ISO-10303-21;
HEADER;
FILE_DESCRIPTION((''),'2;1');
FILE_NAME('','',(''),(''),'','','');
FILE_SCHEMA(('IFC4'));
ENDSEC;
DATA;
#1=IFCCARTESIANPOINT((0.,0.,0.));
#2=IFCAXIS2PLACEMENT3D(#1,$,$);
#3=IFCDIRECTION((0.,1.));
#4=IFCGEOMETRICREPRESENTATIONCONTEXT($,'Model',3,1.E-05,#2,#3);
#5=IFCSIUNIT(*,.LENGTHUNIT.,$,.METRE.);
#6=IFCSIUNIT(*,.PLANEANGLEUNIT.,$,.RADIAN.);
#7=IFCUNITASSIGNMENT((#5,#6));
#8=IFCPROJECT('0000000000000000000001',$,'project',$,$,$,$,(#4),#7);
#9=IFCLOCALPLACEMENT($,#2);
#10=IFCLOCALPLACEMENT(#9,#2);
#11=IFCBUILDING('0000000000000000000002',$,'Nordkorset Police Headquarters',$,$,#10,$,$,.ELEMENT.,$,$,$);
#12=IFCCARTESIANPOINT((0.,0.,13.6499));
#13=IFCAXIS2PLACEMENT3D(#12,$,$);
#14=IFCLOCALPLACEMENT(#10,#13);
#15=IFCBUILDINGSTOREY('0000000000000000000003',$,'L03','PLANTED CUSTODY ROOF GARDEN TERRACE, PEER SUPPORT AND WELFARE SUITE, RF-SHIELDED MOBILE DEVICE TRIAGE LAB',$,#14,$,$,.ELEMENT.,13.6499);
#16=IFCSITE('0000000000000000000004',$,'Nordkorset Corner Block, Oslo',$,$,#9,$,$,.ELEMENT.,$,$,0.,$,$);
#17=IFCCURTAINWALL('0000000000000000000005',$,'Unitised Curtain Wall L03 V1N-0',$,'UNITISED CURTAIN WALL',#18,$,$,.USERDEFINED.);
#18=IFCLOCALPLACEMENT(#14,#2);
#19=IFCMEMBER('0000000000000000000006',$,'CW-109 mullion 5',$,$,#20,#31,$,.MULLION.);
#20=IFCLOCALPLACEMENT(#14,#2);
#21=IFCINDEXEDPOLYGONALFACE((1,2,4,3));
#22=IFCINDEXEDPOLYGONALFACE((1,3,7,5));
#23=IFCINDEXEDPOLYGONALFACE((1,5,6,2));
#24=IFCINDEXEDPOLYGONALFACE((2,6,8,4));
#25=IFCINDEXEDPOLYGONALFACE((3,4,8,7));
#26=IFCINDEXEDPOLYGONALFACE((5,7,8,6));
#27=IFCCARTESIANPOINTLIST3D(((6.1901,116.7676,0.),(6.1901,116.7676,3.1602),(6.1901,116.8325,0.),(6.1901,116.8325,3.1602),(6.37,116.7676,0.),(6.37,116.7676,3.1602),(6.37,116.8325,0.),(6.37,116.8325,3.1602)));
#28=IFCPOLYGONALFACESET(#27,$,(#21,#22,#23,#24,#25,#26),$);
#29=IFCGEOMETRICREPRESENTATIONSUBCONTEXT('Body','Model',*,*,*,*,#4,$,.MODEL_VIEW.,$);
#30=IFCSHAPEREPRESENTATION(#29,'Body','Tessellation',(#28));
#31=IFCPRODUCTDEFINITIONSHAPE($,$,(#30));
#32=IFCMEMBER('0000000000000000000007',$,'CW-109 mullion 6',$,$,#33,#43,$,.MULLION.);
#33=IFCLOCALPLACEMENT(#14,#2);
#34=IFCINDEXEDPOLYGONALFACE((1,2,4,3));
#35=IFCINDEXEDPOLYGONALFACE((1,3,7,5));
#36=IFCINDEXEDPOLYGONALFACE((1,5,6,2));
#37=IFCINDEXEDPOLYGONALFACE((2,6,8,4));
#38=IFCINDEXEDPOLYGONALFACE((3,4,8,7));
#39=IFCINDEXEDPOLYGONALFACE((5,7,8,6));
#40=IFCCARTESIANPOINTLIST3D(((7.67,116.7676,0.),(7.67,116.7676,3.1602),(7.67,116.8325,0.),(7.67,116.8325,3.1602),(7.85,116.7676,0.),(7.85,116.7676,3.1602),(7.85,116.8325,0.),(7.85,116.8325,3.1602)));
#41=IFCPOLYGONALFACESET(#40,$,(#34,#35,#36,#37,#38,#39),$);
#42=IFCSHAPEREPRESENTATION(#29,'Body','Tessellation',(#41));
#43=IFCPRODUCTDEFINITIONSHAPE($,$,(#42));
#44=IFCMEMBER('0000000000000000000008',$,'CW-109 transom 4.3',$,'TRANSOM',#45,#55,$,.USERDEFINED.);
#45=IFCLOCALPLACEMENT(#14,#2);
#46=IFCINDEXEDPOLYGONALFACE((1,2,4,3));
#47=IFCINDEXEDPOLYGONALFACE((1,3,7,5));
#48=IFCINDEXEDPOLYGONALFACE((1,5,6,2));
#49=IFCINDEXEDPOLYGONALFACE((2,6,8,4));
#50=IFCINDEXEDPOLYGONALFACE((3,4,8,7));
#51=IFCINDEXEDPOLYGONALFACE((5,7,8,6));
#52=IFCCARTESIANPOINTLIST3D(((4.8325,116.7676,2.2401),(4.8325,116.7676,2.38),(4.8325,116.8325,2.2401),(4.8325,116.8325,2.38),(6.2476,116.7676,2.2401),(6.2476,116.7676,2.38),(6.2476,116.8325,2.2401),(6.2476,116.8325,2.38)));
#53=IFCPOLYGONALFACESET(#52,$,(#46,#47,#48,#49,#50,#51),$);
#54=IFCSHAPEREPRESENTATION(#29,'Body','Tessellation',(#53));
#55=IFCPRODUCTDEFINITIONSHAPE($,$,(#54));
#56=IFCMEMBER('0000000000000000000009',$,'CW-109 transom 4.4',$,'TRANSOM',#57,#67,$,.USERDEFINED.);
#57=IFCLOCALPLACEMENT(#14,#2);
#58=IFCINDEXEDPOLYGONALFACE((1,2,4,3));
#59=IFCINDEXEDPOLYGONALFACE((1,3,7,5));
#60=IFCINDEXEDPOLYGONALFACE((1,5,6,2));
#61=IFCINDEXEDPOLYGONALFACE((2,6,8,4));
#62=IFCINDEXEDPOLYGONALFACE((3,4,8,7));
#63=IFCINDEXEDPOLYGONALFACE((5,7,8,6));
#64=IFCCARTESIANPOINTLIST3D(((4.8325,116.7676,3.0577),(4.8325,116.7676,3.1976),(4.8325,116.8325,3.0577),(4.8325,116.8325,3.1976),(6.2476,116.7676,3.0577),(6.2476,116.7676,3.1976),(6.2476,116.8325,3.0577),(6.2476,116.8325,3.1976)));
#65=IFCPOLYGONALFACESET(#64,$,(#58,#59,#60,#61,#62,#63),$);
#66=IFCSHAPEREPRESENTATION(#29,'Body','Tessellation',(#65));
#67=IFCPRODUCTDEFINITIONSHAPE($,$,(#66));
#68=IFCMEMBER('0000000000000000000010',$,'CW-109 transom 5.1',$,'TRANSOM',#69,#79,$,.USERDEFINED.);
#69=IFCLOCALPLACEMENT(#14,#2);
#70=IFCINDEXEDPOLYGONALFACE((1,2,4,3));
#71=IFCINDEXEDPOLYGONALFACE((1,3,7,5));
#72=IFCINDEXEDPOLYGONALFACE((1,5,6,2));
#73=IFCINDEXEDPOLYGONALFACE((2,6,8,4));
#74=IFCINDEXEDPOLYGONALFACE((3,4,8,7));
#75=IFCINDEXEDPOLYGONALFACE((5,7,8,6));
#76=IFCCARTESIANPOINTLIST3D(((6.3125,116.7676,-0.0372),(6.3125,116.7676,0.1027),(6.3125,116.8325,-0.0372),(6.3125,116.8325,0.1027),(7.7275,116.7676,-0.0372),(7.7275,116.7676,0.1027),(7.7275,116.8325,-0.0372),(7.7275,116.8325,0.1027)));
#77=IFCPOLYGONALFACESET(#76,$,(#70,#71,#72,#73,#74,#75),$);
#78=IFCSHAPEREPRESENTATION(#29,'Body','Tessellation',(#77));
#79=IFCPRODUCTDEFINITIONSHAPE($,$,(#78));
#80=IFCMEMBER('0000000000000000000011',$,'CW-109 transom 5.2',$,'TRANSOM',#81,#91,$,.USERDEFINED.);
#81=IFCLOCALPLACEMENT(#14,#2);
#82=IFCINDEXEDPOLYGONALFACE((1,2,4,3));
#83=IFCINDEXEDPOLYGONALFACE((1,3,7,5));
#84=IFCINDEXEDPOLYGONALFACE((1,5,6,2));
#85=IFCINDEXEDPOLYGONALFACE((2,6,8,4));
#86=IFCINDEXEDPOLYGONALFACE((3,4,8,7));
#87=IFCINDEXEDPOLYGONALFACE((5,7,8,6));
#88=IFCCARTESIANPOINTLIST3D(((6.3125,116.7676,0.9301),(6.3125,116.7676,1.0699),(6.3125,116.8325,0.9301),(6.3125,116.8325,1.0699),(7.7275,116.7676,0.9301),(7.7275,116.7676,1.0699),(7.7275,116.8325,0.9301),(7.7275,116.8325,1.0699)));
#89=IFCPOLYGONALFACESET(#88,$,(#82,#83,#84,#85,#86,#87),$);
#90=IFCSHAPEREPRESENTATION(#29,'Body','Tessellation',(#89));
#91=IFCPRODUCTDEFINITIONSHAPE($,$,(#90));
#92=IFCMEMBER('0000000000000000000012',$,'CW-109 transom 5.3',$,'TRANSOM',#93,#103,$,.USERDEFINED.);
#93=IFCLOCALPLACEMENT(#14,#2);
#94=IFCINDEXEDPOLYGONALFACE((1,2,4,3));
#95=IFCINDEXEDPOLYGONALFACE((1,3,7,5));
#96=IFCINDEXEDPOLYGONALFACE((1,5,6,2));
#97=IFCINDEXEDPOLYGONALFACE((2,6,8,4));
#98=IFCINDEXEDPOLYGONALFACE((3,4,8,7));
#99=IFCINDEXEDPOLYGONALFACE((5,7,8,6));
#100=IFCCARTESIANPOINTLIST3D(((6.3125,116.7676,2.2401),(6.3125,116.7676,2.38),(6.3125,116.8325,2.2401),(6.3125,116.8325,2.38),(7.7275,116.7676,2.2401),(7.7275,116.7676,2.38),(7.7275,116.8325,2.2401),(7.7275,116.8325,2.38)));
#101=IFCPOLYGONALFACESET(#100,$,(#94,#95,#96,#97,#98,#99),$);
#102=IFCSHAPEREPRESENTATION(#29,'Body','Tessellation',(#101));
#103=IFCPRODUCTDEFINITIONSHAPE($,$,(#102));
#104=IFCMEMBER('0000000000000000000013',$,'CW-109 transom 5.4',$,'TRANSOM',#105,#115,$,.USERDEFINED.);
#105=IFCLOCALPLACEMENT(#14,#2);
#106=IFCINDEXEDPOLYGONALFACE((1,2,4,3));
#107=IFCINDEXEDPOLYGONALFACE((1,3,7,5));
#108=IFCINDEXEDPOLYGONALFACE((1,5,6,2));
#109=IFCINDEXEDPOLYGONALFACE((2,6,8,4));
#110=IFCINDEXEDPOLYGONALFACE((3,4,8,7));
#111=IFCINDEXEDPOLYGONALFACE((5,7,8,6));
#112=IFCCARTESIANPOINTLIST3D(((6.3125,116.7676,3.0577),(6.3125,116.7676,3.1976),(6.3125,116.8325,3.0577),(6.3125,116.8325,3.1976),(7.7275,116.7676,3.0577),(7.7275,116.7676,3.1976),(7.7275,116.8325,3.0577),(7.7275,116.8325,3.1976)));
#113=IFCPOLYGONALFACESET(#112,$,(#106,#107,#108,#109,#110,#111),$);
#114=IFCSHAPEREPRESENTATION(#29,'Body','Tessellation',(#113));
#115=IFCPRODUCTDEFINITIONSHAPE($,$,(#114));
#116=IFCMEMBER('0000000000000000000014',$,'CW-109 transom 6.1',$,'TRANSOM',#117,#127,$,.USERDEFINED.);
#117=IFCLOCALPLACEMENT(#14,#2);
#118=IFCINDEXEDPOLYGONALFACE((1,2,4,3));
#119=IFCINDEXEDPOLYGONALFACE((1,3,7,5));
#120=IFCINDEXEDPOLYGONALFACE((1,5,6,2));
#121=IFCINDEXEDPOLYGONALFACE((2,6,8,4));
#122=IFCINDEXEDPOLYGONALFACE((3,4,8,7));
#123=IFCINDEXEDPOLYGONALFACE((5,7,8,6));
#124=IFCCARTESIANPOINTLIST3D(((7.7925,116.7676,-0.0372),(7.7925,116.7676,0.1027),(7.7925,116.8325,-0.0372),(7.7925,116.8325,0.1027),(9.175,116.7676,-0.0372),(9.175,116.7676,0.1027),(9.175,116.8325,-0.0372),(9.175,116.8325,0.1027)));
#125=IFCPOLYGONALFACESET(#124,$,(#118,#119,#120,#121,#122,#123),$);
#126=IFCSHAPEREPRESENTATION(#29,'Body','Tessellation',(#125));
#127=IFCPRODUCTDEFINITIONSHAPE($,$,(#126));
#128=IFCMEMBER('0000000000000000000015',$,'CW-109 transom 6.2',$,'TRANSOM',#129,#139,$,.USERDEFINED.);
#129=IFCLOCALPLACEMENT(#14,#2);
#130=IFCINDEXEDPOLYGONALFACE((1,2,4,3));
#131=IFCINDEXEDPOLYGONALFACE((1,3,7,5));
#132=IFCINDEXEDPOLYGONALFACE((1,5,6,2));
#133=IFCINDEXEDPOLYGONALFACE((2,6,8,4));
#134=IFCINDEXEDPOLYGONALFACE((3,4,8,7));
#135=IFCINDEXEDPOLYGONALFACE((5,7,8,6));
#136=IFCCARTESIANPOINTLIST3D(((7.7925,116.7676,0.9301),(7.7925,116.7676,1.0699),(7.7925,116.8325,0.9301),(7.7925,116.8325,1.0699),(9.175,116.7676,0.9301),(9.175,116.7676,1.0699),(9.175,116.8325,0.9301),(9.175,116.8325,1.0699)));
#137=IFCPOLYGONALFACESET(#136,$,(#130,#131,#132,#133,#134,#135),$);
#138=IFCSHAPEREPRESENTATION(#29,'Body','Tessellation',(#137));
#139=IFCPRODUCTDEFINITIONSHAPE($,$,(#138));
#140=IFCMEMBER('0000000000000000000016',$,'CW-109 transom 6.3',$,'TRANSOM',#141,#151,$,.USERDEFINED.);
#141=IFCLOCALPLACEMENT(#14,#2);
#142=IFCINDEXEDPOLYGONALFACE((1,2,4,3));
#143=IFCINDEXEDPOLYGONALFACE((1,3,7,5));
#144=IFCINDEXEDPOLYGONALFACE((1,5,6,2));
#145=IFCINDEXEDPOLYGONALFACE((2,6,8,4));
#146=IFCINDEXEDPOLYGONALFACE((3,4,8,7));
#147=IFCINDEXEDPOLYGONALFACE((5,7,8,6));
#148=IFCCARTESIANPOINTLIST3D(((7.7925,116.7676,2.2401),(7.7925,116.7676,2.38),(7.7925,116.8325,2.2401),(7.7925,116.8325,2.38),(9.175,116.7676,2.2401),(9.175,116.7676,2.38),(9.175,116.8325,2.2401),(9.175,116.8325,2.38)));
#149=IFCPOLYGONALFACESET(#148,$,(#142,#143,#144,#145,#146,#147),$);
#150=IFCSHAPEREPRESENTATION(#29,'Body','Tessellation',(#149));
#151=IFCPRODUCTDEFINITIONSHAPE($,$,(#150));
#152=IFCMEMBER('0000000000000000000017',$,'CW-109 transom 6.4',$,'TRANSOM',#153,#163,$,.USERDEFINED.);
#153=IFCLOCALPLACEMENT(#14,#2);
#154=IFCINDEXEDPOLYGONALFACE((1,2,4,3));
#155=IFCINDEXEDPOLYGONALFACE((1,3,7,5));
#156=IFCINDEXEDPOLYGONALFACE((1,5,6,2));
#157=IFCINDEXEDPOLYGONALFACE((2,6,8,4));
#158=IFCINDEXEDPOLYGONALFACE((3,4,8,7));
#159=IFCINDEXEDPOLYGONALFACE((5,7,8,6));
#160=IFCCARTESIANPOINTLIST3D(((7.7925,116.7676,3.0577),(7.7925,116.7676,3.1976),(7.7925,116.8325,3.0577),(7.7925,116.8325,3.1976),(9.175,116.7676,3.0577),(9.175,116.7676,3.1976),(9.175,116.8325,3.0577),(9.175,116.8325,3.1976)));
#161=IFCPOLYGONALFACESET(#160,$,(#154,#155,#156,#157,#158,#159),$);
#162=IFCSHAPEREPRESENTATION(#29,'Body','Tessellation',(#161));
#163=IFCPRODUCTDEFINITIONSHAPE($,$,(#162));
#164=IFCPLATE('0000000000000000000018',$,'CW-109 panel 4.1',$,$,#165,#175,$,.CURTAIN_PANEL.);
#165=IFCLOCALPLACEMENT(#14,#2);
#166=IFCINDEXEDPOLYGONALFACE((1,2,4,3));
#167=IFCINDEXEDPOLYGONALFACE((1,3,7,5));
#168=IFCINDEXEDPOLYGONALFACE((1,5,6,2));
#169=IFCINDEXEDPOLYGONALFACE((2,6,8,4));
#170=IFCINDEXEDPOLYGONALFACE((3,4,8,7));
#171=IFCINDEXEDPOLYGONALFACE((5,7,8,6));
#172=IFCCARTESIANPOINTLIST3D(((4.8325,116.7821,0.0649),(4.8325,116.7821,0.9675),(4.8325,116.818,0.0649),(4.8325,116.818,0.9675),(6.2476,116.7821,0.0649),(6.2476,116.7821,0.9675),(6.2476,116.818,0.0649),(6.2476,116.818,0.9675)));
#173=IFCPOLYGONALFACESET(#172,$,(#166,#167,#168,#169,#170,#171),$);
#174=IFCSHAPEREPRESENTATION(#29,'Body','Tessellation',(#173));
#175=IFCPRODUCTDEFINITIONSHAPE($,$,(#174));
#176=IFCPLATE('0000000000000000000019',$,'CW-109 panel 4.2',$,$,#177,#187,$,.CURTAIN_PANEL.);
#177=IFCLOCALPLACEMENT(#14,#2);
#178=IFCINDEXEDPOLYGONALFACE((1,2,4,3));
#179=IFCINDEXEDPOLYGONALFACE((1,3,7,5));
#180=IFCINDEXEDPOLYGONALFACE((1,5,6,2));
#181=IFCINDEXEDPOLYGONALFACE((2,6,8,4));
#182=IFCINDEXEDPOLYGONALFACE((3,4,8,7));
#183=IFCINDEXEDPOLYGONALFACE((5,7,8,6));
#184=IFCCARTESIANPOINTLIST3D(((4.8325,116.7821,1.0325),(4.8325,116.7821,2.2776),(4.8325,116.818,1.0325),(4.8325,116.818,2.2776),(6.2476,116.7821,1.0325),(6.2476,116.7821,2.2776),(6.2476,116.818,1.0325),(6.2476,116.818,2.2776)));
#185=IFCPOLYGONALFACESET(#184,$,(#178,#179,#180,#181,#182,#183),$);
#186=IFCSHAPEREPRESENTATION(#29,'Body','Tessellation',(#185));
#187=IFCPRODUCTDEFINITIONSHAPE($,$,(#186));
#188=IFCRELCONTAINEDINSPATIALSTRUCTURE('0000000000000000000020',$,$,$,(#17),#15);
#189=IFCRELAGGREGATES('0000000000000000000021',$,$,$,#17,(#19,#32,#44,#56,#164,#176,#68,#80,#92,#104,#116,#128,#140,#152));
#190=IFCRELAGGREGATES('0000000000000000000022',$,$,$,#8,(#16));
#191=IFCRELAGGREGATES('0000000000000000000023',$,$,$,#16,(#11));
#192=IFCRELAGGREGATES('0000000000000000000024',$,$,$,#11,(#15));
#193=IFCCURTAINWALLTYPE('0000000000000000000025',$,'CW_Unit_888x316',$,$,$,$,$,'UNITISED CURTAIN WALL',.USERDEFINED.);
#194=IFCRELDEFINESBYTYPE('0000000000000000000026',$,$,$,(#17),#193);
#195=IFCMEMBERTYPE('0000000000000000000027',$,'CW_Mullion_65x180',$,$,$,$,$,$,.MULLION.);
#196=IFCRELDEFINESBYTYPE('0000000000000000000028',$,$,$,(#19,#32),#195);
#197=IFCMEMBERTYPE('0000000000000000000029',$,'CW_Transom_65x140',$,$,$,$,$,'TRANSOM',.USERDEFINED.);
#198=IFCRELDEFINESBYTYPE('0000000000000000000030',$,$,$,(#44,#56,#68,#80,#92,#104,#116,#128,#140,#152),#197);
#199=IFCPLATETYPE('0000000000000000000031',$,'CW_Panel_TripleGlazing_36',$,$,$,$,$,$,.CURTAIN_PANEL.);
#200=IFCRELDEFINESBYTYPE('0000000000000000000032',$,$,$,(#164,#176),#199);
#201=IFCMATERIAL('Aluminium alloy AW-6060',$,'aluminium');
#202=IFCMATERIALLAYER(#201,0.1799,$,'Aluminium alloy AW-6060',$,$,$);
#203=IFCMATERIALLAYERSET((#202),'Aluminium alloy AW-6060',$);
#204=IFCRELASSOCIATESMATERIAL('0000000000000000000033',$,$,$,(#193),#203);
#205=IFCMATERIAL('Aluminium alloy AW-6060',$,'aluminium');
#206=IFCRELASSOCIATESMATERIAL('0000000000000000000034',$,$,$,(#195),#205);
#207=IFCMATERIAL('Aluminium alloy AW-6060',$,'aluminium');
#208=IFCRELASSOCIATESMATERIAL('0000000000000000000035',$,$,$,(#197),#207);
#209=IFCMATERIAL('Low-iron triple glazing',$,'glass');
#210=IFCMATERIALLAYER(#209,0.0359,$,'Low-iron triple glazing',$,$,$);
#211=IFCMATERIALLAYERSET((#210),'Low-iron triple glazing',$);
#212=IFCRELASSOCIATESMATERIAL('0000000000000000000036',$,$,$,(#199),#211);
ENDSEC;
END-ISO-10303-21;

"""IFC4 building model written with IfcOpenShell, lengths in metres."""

from ifc_helpers import new_model, si_unit, direction, frame, origin, origin_2d, place, context, subcontext, project, spatial, rectangle, extrude, material, layer, layer_set, material_profile, profile_set, type_object, element, aggregate, save


model = new_model("IFC4")

# Units and contexts
model_context = context("Model", 3, precision=1e-05, world=origin(), true_north=direction((0.0, 1.0)))
body_context = subcontext(model_context, "Body", "Model", "MODEL_VIEW")
ifc_project = project(units=[si_unit("LENGTHUNIT", "METRE"), si_unit("PLANEANGLEUNIT", "RADIAN")], contexts=[model_context])

# Site, building, storey
site_placement = place(None, origin())
site = spatial("IfcSite", under=ifc_project, at=site_placement, Name="Nordkorset Corner Block, Oslo", CompositionType="ELEMENT", RefElevation=0.0)
building_placement = place(site_placement, origin())
building = spatial("IfcBuilding", under=site, at=building_placement, Name="Nordkorset Police Headquarters", CompositionType="ELEMENT")
storey_placement = place(building_placement, frame((0.0, 0.0, 13.6499)))
storey = spatial("IfcBuildingStorey", under=building, at=storey_placement, Name="L03", Description="PLANTED CUSTODY ROOF GARDEN TERRACE, PEER SUPPORT AND WELFARE SUITE, RF-SHIELDED MOBILE DEVICE TRIAGE LAB", CompositionType="ELEMENT", Elevation=13.6499)

# Curtain wall, members, plates
ifc_material_1 = material(Name="Aluminium alloy AW-6060", Category="aluminium")
ifc_layer_1 = layer(ifc_material_1, 0.1799, Name="Aluminium alloy AW-6060")
ifc_layer_set_1 = layer_set([ifc_layer_1], Name="Aluminium alloy AW-6060")
curtain_wall_type = type_object("IfcCurtainWallType", Name="CW_Unit_888x316", ElementType="UNITISED CURTAIN WALL", PredefinedType="USERDEFINED", material=ifc_layer_set_1)
curtain_wall_placement = place(storey_placement, origin())
curtain_wall = element("IfcCurtainWall", 1, at=curtain_wall_placement, inside=storey, type_object=curtain_wall_type, Name="Unitised Curtain Wall L03 V1N-0", ObjectType="UNITISED CURTAIN WALL", PredefinedType="USERDEFINED")
ifc_material_2 = material(Name="Aluminium alloy AW-6060", Category="aluminium")
ifc_material_profile_1 = material_profile(ifc_material_2, rectangle(XDim=0.0649, YDim=0.1799, at=origin_2d()), Name="ALU MULL 65x180")
ifc_profile_set_1 = profile_set([ifc_material_profile_1], Name="Aluminium alloy AW-6060")
member_type_1 = type_object("IfcMemberType", Name="CW_Mullion_65x180", PredefinedType="MULLION", material=ifc_profile_set_1)
member_1_placement = place(storey_placement, frame((6.28, 116.8, 0.0), z_axis=(0.0, 0.0, 1.0), x_axis=(0.0, 1.0, 0.0)))
member_1 = element("IfcMember", 2, at=member_1_placement, type_object=member_type_1, Name="CW-109 mullion 5", PredefinedType="MULLION", context=body_context, shape_type="SweptSolid", body=[
    extrude(rectangle(XDim=0.0649, YDim=0.1799, at=origin_2d()), origin(), (0.0, 0.0, 1.0), 3.1602),
])
member_2_placement = place(storey_placement, frame((7.76, 116.8, 0.0), z_axis=(0.0, 0.0, 1.0), x_axis=(0.0, 1.0, 0.0)))
member_2 = element("IfcMember", 3, at=member_2_placement, type_object=member_type_1, Name="CW-109 mullion 6", PredefinedType="MULLION", context=body_context, shape_type="SweptSolid", body=[
    extrude(rectangle(XDim=0.0649, YDim=0.1799, at=origin_2d()), origin(), (0.0, 0.0, 1.0), 3.1602),
])
ifc_material_3 = material(Name="Aluminium alloy AW-6060", Category="aluminium")
ifc_material_profile_2 = material_profile(ifc_material_3, rectangle(XDim=0.0649, YDim=0.1399, at=origin_2d()), Name="ALU TRAN 65x140")
ifc_profile_set_2 = profile_set([ifc_material_profile_2], Name="Aluminium alloy AW-6060")
member_type_2 = type_object("IfcMemberType", Name="CW_Transom_65x140", ElementType="TRANSOM", PredefinedType="USERDEFINED", material=ifc_profile_set_2)
member_3_placement = place(storey_placement, frame((4.8325, 116.8, 2.3101), z_axis=(1.0, 0.0, 0.0), x_axis=(0.0, 1.0, 0.0)))
member_3 = element("IfcMember", 4, at=member_3_placement, type_object=member_type_2, Name="CW-109 transom 4.3", ObjectType="TRANSOM", PredefinedType="USERDEFINED", context=body_context, shape_type="SweptSolid", body=[
    extrude(rectangle(XDim=0.0649, YDim=0.1399, at=origin_2d()), origin(), (0.0, 0.0, 1.0), 1.415),
])
member_4_placement = place(storey_placement, frame((4.8325, 116.8, 3.1277), z_axis=(1.0, 0.0, 0.0), x_axis=(0.0, 1.0, 0.0)))
member_4 = element("IfcMember", 5, at=member_4_placement, type_object=member_type_2, Name="CW-109 transom 4.4", ObjectType="TRANSOM", PredefinedType="USERDEFINED", context=body_context, shape_type="SweptSolid", body=[
    extrude(rectangle(XDim=0.0649, YDim=0.1399, at=origin_2d()), origin(), (0.0, 0.0, 1.0), 1.415),
])
member_5_placement = place(storey_placement, frame((6.3125, 116.8, 0.0327), z_axis=(1.0, 0.0, 0.0), x_axis=(0.0, 1.0, 0.0)))
member_5 = element("IfcMember", 6, at=member_5_placement, type_object=member_type_2, Name="CW-109 transom 5.1", ObjectType="TRANSOM", PredefinedType="USERDEFINED", context=body_context, shape_type="SweptSolid", body=[
    extrude(rectangle(XDim=0.0649, YDim=0.1399, at=origin_2d()), origin(), (0.0, 0.0, 1.0), 1.415),
])
member_6_placement = place(storey_placement, frame((6.3125, 116.8, 1.0), z_axis=(1.0, 0.0, 0.0), x_axis=(0.0, 1.0, 0.0)))
member_6 = element("IfcMember", 7, at=member_6_placement, type_object=member_type_2, Name="CW-109 transom 5.2", ObjectType="TRANSOM", PredefinedType="USERDEFINED", context=body_context, shape_type="SweptSolid", body=[
    extrude(rectangle(XDim=0.0649, YDim=0.1399, at=origin_2d()), origin(), (0.0, 0.0, 1.0), 1.415),
])
member_7_placement = place(storey_placement, frame((6.3125, 116.8, 2.3101), z_axis=(1.0, 0.0, 0.0), x_axis=(0.0, 1.0, 0.0)))
member_7 = element("IfcMember", 8, at=member_7_placement, type_object=member_type_2, Name="CW-109 transom 5.3", ObjectType="TRANSOM", PredefinedType="USERDEFINED", context=body_context, shape_type="SweptSolid", body=[
    extrude(rectangle(XDim=0.0649, YDim=0.1399, at=origin_2d()), origin(), (0.0, 0.0, 1.0), 1.415),
])
member_8_placement = place(storey_placement, frame((6.3125, 116.8, 3.1277), z_axis=(1.0, 0.0, 0.0), x_axis=(0.0, 1.0, 0.0)))
member_8 = element("IfcMember", 9, at=member_8_placement, type_object=member_type_2, Name="CW-109 transom 5.4", ObjectType="TRANSOM", PredefinedType="USERDEFINED", context=body_context, shape_type="SweptSolid", body=[
    extrude(rectangle(XDim=0.0649, YDim=0.1399, at=origin_2d()), origin(), (0.0, 0.0, 1.0), 1.415),
])
member_9_placement = place(storey_placement, frame((7.7925, 116.8, 0.0327), z_axis=(1.0, 0.0, 0.0), x_axis=(0.0, 1.0, 0.0)))
member_9 = element("IfcMember", 10, at=member_9_placement, type_object=member_type_2, Name="CW-109 transom 6.1", ObjectType="TRANSOM", PredefinedType="USERDEFINED", context=body_context, shape_type="SweptSolid", body=[
    extrude(rectangle(XDim=0.0649, YDim=0.1399, at=origin_2d()), origin(), (0.0, 0.0, 1.0), 1.3826),
])
member_10_placement = place(storey_placement, frame((7.7925, 116.8, 1.0), z_axis=(1.0, 0.0, 0.0), x_axis=(0.0, 1.0, 0.0)))
member_10 = element("IfcMember", 11, at=member_10_placement, type_object=member_type_2, Name="CW-109 transom 6.2", ObjectType="TRANSOM", PredefinedType="USERDEFINED", context=body_context, shape_type="SweptSolid", body=[
    extrude(rectangle(XDim=0.0649, YDim=0.1399, at=origin_2d()), origin(), (0.0, 0.0, 1.0), 1.3826),
])
member_11_placement = place(storey_placement, frame((7.7925, 116.8, 2.3101), z_axis=(1.0, 0.0, 0.0), x_axis=(0.0, 1.0, 0.0)))
member_11 = element("IfcMember", 12, at=member_11_placement, type_object=member_type_2, Name="CW-109 transom 6.3", ObjectType="TRANSOM", PredefinedType="USERDEFINED", context=body_context, shape_type="SweptSolid", body=[
    extrude(rectangle(XDim=0.0649, YDim=0.1399, at=origin_2d()), origin(), (0.0, 0.0, 1.0), 1.3826),
])
member_12_placement = place(storey_placement, frame((7.7925, 116.8, 3.1277), z_axis=(1.0, 0.0, 0.0), x_axis=(0.0, 1.0, 0.0)))
member_12 = element("IfcMember", 13, at=member_12_placement, type_object=member_type_2, Name="CW-109 transom 6.4", ObjectType="TRANSOM", PredefinedType="USERDEFINED", context=body_context, shape_type="SweptSolid", body=[
    extrude(rectangle(XDim=0.0649, YDim=0.1399, at=origin_2d()), origin(), (0.0, 0.0, 1.0), 1.3826),
])
ifc_material_4 = material(Name="Low-iron triple glazing", Category="glass")
ifc_layer_2 = layer(ifc_material_4, 0.0359, Name="Low-iron triple glazing")
ifc_layer_set_2 = layer_set([ifc_layer_2], Name="Low-iron triple glazing")
plate_type = type_object("IfcPlateType", Name="CW_Panel_TripleGlazing_36", PredefinedType="CURTAIN_PANEL", material=ifc_layer_set_2)
plate_1_placement = place(storey_placement, frame((5.54, 116.8, 0.0649), z_axis=(0.0, 0.0, 1.0), x_axis=(1.0, 0.0, 0.0)))
plate_1 = element("IfcPlate", 14, at=plate_1_placement, type_object=plate_type, Name="CW-109 panel 4.1", PredefinedType="CURTAIN_PANEL", context=body_context, shape_type="SweptSolid", body=[
    extrude(rectangle(XDim=1.415, YDim=0.0359, at=origin_2d()), origin(), (0.0, 0.0, 1.0), 0.9026),
])
plate_2_placement = place(storey_placement, frame((5.54, 116.8, 1.0325), z_axis=(0.0, 0.0, 1.0), x_axis=(1.0, 0.0, 0.0)))
plate_2 = element("IfcPlate", 15, at=plate_2_placement, type_object=plate_type, Name="CW-109 panel 4.2", PredefinedType="CURTAIN_PANEL", context=body_context, shape_type="SweptSolid", body=[
    extrude(rectangle(XDim=1.415, YDim=0.0359, at=origin_2d()), origin(), (0.0, 0.0, 1.0), 1.2451),
])
aggregate(curtain_wall, [member_1, member_2, member_3, member_4, plate_1, plate_2, member_5, member_6, member_7, member_8, member_9, member_10, member_11, member_12])

save(model, "model.ifc")
